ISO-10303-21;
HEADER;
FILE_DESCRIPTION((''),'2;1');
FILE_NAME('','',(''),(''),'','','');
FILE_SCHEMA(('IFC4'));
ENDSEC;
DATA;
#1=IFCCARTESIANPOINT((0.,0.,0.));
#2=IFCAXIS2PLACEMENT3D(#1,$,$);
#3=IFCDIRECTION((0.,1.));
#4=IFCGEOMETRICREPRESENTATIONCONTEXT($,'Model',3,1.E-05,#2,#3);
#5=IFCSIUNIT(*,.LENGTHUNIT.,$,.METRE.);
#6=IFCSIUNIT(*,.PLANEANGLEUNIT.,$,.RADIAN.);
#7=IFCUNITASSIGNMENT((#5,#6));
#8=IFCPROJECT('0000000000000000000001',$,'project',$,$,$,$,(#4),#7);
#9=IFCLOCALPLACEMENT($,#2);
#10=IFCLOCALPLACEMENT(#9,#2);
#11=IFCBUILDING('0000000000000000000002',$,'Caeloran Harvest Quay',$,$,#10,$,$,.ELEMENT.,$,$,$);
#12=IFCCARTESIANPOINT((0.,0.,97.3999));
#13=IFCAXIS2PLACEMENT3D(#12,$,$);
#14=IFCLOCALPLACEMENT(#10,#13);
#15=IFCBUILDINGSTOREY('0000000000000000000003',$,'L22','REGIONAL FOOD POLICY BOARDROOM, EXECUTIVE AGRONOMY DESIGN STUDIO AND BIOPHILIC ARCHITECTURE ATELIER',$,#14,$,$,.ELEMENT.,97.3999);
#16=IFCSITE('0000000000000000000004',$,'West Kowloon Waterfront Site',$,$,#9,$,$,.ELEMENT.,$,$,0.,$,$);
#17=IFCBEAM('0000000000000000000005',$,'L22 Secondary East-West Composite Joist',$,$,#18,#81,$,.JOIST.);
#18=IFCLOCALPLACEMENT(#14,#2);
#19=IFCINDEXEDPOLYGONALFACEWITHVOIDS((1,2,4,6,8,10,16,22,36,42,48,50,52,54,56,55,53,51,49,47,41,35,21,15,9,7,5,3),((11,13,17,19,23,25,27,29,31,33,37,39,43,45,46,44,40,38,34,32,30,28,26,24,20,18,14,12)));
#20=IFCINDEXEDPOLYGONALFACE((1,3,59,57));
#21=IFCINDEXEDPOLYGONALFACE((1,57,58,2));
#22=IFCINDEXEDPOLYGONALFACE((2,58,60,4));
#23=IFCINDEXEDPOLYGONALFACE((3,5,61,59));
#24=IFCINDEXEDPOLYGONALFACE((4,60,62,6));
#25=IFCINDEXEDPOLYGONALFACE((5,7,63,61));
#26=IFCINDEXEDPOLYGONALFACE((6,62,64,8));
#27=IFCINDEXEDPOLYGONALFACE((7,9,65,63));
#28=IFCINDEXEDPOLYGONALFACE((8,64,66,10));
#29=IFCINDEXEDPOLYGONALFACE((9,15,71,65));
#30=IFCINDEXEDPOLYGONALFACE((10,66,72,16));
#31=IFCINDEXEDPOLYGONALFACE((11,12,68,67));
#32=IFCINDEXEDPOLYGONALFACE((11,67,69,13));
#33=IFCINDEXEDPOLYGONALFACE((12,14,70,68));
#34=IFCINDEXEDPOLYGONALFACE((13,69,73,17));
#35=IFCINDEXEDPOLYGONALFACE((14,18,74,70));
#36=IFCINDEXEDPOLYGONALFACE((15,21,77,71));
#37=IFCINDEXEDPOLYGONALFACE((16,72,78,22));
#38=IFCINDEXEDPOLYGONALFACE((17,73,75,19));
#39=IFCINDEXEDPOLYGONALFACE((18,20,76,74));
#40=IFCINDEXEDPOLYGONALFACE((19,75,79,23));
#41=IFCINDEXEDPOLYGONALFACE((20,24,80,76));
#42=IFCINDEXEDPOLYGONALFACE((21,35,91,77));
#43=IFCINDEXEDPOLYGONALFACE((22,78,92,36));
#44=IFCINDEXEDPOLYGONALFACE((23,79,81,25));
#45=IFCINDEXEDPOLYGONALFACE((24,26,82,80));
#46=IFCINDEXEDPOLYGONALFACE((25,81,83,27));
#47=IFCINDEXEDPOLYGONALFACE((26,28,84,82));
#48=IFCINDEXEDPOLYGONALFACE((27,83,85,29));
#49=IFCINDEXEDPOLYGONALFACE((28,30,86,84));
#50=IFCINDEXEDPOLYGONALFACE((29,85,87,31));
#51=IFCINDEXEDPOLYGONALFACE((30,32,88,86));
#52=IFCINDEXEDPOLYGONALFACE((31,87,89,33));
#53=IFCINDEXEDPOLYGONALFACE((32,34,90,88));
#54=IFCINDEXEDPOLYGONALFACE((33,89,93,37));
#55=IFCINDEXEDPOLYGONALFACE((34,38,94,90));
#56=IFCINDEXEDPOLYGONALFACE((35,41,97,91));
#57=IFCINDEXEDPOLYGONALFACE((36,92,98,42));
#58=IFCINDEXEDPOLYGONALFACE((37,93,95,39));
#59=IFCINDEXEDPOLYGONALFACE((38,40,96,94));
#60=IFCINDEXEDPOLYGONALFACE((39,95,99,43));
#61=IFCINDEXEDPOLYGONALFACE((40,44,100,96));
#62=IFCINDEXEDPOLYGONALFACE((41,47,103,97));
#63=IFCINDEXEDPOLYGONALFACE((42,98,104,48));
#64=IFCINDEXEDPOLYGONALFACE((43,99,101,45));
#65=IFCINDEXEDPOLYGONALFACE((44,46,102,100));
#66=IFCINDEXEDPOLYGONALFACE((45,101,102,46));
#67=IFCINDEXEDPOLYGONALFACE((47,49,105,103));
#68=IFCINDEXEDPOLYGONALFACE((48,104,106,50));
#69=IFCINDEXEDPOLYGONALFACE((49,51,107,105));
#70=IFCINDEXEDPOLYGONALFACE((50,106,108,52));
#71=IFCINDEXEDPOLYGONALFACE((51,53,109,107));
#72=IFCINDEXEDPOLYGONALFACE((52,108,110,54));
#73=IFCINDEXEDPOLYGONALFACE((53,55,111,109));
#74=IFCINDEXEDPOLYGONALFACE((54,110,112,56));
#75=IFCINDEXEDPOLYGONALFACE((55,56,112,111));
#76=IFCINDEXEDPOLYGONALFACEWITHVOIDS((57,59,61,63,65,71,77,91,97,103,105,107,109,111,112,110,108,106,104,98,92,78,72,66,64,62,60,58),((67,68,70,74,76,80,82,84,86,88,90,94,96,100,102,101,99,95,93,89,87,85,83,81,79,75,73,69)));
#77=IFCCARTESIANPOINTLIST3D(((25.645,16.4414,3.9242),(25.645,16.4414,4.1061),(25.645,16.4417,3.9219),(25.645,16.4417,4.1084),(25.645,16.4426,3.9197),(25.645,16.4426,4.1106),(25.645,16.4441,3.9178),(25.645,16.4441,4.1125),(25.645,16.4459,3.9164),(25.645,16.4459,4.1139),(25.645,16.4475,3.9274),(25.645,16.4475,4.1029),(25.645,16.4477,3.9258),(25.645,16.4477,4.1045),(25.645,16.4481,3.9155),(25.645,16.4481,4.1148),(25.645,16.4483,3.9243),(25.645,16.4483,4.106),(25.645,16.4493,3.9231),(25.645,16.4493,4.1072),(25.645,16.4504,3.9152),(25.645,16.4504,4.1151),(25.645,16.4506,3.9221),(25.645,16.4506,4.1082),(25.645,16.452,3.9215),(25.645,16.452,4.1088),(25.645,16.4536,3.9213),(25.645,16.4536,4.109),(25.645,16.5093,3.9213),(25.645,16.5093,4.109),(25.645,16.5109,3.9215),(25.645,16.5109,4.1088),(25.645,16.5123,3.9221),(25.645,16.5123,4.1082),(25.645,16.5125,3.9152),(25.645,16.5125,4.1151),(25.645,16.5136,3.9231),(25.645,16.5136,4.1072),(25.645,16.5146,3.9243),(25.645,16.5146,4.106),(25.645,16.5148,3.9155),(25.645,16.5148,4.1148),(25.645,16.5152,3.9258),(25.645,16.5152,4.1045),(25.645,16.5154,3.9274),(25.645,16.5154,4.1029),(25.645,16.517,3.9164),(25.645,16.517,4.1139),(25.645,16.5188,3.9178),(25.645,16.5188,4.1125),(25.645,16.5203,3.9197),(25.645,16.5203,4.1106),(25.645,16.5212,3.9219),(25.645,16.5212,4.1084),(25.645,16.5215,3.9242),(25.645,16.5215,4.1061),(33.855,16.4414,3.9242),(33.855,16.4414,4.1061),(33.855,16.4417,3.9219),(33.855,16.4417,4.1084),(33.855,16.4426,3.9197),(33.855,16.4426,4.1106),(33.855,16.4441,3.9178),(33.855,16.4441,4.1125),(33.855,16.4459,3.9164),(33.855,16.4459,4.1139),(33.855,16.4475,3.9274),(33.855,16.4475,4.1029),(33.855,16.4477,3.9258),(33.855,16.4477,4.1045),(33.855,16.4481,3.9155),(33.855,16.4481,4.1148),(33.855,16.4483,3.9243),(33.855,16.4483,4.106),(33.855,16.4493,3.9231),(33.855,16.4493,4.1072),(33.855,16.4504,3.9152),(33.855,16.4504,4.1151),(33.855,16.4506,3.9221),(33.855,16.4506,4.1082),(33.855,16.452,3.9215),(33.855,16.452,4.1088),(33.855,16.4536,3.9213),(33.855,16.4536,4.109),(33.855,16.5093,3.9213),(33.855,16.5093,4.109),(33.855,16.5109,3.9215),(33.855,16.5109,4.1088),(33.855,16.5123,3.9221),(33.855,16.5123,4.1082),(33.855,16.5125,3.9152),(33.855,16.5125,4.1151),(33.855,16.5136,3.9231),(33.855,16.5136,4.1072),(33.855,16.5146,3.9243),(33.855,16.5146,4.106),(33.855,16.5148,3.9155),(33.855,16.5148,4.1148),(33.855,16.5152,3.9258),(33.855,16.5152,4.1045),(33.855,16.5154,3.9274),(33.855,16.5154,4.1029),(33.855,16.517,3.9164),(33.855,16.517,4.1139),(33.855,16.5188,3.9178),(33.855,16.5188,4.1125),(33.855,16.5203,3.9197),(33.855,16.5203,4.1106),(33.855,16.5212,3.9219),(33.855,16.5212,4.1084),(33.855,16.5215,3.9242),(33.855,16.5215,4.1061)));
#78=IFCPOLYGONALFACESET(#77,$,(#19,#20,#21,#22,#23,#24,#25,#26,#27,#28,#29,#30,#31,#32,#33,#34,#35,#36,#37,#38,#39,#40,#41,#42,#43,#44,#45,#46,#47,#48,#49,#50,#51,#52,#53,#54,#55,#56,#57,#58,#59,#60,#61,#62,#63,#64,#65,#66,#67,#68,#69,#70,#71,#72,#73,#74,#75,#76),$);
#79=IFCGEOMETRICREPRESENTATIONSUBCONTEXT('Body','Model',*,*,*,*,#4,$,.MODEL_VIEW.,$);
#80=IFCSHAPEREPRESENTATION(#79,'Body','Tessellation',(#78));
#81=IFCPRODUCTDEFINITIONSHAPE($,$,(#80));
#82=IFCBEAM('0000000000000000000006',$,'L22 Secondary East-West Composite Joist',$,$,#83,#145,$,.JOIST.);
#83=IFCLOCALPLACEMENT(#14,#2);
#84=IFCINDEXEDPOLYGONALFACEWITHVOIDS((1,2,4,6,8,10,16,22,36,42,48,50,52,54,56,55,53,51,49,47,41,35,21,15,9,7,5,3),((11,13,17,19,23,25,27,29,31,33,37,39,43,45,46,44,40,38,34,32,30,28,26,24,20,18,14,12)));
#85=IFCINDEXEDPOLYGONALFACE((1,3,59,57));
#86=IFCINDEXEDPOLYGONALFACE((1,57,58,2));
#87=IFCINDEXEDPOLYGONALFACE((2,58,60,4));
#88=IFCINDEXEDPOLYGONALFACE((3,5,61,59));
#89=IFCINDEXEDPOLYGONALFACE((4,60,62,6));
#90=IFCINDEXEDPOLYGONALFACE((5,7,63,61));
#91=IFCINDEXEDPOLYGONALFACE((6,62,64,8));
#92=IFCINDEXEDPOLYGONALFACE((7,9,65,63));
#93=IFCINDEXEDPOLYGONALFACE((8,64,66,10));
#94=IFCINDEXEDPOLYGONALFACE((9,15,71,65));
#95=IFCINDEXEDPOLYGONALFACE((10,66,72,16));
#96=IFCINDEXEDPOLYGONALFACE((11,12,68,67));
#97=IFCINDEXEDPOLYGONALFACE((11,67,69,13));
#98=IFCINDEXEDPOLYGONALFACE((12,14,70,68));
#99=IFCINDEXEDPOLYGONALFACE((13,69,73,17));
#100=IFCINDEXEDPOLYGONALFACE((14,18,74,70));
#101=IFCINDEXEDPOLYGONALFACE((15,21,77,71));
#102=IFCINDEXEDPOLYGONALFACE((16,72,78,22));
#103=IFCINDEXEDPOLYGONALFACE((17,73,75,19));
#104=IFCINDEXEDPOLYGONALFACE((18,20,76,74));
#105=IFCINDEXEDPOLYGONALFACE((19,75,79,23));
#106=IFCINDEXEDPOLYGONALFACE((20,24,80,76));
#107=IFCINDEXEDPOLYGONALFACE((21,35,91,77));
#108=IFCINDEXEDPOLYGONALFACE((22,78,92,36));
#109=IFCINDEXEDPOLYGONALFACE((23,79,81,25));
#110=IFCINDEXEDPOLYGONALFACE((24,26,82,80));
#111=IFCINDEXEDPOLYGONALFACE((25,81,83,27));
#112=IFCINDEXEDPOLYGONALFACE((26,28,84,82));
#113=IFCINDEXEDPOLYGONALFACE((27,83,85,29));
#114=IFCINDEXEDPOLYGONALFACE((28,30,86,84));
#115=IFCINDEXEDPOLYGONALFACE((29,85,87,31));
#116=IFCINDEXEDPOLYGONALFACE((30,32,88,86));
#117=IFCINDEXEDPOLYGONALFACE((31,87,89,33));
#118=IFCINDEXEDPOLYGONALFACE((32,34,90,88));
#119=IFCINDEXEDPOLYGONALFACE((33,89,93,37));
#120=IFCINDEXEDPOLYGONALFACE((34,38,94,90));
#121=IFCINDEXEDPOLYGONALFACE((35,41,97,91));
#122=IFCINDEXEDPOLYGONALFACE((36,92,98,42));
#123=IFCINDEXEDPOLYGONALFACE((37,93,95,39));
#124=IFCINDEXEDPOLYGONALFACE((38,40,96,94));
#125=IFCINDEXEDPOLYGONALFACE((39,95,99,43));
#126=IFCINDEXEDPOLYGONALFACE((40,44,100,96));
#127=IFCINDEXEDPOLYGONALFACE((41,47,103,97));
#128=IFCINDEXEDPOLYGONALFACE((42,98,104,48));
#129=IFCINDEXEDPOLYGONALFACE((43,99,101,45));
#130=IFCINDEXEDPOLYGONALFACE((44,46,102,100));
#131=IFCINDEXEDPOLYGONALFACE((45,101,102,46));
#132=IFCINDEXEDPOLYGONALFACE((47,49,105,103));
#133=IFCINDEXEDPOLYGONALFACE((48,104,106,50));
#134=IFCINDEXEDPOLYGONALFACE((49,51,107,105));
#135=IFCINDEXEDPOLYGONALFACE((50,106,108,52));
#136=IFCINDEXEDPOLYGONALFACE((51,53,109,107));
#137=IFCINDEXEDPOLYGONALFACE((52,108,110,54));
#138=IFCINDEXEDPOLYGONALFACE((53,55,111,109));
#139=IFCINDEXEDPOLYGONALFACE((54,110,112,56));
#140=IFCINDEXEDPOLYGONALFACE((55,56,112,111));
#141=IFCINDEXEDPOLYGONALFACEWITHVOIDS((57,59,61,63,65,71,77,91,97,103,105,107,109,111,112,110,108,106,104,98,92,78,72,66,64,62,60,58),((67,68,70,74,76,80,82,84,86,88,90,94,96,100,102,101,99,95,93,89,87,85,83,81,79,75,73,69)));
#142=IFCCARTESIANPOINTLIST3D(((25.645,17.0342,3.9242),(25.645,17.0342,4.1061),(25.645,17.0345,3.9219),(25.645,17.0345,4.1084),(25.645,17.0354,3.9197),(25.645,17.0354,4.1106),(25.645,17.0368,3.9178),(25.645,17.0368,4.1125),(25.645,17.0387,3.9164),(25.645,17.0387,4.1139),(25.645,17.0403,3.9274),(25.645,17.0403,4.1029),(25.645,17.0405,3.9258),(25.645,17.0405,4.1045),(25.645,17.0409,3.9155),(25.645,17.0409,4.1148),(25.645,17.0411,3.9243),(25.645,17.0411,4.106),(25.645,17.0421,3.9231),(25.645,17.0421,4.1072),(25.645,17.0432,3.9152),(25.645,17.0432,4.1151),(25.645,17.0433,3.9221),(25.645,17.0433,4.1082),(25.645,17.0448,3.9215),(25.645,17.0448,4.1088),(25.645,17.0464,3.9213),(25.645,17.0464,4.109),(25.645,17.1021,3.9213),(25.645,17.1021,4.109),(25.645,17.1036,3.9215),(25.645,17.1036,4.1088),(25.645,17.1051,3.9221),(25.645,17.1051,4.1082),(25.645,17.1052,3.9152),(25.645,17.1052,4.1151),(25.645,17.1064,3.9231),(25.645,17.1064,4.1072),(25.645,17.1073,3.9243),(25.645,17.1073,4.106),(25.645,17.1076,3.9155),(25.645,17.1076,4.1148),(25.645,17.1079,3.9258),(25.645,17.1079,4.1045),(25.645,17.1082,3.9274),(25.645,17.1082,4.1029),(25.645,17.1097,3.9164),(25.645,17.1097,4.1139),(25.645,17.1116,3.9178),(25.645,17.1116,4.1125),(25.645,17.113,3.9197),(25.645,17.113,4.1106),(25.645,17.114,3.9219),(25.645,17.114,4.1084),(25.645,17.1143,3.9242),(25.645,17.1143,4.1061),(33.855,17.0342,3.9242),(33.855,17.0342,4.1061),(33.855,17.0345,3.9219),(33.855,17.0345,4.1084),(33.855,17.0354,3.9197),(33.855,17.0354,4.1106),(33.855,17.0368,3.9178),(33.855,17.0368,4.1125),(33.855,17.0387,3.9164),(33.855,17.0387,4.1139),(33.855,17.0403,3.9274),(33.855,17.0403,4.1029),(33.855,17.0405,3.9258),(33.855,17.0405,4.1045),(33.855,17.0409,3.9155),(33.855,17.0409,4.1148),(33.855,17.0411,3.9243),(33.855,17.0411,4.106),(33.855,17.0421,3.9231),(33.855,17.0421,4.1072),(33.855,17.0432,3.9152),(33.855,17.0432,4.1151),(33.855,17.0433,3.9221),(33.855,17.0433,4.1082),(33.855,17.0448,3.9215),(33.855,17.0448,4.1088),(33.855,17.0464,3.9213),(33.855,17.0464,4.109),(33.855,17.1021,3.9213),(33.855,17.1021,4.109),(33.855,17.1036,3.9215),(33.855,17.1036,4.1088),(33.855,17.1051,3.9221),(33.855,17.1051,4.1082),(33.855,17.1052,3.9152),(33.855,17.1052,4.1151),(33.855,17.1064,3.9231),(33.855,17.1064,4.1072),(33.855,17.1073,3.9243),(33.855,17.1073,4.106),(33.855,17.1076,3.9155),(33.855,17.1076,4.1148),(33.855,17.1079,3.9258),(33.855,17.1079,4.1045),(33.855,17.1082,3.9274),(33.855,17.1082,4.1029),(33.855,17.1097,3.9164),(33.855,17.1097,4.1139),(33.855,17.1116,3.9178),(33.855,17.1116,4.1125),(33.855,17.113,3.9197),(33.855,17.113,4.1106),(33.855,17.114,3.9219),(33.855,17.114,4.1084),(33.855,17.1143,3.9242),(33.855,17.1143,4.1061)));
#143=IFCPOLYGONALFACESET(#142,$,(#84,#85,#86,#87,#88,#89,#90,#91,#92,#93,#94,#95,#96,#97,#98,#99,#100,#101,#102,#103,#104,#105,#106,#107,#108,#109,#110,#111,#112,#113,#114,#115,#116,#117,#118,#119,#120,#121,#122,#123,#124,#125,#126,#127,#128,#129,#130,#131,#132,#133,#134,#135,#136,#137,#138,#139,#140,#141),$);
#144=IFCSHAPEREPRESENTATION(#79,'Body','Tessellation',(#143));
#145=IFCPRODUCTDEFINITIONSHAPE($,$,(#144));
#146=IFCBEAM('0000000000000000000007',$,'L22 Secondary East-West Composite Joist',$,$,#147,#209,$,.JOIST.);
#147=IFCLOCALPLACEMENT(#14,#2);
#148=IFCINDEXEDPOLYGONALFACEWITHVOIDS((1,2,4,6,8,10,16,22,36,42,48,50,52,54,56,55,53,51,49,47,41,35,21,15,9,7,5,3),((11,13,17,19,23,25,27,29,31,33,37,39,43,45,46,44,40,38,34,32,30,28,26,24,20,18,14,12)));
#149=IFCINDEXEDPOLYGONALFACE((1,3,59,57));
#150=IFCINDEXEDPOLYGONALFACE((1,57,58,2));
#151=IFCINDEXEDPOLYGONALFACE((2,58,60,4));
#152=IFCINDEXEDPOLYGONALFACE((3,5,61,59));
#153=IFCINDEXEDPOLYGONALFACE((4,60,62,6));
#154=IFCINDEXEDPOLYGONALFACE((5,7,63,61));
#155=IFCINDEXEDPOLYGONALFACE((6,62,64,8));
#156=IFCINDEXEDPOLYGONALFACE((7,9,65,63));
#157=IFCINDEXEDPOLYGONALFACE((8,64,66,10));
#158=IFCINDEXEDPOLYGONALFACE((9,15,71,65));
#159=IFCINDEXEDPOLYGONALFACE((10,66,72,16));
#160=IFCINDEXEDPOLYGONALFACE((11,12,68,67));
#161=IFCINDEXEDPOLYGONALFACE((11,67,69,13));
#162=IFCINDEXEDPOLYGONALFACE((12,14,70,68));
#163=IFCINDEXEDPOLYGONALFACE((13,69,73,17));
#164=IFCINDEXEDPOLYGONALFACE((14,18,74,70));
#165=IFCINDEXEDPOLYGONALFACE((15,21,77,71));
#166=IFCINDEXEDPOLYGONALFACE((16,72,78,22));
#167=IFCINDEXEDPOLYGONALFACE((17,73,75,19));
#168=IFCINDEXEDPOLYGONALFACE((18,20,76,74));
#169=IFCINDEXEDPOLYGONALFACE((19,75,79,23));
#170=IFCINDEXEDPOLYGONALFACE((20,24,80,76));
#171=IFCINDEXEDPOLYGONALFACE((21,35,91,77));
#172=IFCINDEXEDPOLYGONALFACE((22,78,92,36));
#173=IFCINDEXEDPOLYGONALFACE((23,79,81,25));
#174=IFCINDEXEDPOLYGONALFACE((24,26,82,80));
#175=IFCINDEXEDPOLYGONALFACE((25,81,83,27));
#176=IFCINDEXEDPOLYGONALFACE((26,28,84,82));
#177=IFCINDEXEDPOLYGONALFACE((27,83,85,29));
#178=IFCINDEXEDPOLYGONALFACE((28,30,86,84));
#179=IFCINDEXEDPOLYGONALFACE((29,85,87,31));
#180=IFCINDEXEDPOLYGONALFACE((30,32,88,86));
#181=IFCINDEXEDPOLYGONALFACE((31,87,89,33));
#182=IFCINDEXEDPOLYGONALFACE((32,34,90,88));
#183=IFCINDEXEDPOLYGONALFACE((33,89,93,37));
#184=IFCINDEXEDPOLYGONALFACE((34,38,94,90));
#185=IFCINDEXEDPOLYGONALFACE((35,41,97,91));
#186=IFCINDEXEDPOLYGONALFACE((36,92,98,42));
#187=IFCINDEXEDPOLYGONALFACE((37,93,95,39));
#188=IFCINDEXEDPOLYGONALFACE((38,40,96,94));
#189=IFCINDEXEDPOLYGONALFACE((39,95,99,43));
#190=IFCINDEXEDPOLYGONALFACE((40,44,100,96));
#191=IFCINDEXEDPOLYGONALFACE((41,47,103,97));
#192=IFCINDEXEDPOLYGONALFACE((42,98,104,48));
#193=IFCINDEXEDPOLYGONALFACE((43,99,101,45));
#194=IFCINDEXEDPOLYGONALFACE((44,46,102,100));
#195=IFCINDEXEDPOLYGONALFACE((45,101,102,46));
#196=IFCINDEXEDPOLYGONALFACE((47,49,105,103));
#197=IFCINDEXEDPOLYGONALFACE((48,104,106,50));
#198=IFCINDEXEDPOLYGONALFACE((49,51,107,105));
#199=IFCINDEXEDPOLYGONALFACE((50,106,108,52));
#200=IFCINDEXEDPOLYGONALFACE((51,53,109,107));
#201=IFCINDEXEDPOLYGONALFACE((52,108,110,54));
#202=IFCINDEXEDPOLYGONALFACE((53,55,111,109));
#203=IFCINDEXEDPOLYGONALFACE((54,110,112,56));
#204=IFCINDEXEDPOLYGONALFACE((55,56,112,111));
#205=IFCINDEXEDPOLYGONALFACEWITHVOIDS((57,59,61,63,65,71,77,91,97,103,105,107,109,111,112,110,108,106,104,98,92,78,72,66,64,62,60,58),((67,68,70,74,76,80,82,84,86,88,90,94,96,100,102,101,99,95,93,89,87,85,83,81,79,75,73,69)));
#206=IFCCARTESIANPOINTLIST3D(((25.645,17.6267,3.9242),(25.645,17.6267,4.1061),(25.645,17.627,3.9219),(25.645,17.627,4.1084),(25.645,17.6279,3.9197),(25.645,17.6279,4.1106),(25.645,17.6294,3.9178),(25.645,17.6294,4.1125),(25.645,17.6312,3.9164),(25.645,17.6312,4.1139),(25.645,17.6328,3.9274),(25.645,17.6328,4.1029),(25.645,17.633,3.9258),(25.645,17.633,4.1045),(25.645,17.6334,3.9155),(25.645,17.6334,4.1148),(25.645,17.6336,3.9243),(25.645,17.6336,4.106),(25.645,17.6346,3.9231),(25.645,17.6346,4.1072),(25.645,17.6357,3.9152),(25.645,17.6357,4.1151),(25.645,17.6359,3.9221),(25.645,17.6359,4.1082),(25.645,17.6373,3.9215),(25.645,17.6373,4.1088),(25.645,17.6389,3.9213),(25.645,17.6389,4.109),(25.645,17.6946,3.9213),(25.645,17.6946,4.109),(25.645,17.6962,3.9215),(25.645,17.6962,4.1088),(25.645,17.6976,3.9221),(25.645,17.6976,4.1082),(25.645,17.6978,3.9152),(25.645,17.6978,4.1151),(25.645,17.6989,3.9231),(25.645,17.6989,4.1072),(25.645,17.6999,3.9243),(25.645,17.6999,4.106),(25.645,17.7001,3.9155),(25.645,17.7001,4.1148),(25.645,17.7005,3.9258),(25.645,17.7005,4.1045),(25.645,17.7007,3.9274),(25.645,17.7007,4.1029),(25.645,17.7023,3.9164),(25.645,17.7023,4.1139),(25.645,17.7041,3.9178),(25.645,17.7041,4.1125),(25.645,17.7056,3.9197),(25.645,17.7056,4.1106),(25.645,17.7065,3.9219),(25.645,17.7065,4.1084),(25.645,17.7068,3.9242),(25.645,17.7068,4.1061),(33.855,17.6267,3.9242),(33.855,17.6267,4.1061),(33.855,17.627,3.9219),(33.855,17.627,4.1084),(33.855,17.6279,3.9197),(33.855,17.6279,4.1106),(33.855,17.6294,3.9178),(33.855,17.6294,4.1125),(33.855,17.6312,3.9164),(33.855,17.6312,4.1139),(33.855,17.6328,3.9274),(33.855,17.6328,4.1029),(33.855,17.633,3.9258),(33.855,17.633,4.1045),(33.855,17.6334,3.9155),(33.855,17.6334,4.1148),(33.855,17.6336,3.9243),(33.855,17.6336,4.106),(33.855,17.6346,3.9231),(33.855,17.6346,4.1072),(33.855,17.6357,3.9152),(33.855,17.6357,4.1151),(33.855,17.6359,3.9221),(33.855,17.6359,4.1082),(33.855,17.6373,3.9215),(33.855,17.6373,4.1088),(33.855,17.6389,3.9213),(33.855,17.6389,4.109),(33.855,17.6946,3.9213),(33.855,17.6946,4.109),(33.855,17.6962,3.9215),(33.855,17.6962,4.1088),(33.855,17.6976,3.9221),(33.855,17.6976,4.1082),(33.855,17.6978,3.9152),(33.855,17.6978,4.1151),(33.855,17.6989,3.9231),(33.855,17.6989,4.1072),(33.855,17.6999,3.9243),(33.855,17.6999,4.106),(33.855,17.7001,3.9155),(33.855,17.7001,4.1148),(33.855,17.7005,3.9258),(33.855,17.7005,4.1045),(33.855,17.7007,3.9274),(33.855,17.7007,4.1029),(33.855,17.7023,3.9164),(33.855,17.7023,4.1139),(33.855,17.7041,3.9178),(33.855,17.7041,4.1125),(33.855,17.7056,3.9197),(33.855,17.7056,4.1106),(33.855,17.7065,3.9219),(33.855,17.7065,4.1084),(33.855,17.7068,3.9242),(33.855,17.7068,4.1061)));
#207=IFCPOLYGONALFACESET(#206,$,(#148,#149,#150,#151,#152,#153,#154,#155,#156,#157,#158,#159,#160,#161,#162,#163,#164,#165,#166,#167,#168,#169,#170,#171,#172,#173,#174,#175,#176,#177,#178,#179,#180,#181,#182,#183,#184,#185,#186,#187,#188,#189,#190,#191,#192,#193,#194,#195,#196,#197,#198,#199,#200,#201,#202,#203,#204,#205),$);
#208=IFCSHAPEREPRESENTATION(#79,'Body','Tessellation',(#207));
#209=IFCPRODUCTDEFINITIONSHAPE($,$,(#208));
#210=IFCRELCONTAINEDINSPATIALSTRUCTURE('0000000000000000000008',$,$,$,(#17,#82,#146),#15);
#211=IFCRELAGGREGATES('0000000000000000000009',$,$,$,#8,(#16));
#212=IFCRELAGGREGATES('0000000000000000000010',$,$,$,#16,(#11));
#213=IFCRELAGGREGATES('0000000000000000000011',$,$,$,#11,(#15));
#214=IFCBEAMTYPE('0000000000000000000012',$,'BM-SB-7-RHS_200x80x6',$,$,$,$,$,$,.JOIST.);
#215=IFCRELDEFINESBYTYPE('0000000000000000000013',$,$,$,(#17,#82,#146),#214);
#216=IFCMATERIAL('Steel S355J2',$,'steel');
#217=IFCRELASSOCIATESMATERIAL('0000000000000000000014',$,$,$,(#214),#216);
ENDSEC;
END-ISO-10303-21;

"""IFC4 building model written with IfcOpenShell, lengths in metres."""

from ifc_helpers import new_model, si_unit, direction, frame, origin, origin_2d, place, context, subcontext, project, spatial, hollow_rectangle, extrude, material, material_profile, profile_set, type_object, element, save


model = new_model("IFC4")

# Units and contexts
model_context = context("Model", 3, precision=1e-05, world=origin(), true_north=direction((0.0, 1.0)))
body_context = subcontext(model_context, "Body", "Model", "MODEL_VIEW")
ifc_project = project(units=[si_unit("LENGTHUNIT", "METRE"), si_unit("PLANEANGLEUNIT", "RADIAN")], contexts=[model_context])

# Site, building, storey
site_placement = place(None, origin())
site = spatial("IfcSite", under=ifc_project, at=site_placement, Name="West Kowloon Waterfront Site", CompositionType="ELEMENT", RefElevation=0.0)
building_placement = place(site_placement, origin())
building = spatial("IfcBuilding", under=site, at=building_placement, Name="Caeloran Harvest Quay", CompositionType="ELEMENT")
storey_placement = place(building_placement, frame((0.0, 0.0, 97.3999)))
storey = spatial("IfcBuildingStorey", under=building, at=storey_placement, Name="L22", Description="REGIONAL FOOD POLICY BOARDROOM, EXECUTIVE AGRONOMY DESIGN STUDIO AND BIOPHILIC ARCHITECTURE ATELIER", CompositionType="ELEMENT", Elevation=97.3999)

# Beams
ifc_material_1 = material(Name="Steel S355J2", Category="steel")
ifc_material_profile_1 = material_profile(ifc_material_1, hollow_rectangle(XDim=0.0801, YDim=0.2, WallThickness=0.0061, InnerFilletRadius=0.0061, OuterFilletRadius=0.009, at=origin_2d()), Name="RHS 200x80x6")
ifc_profile_set_1 = profile_set([ifc_material_profile_1], Name="Steel S355J2")
beam_type_1 = type_object("IfcBeamType", Name="BM-SB-7-RHS_200x80x6", PredefinedType="JOIST", material=ifc_profile_set_1)
for number, where, z_axis, x_axis, name in (
    (1, (25.645, 16.4814, 4.0151), (1.0, 0.0, 0.0), (0.0, 1.0, 0.0), "L22 Secondary East-West Composite Joist"),
    (2, (25.645, 17.0742, 4.0151), (1.0, 0.0, 0.0), (0.0, 1.0, 0.0), "L22 Secondary East-West Composite Joist"),
    (3, (25.645, 17.6667, 4.0151), (1.0, 0.0, 0.0), (0.0, 1.0, 0.0), "L22 Secondary East-West Composite Joist"),
):
    element("IfcBeam", number, at=place(storey_placement, frame(where, z_axis=z_axis, x_axis=x_axis)), inside=storey, type_object=beam_type_1, Name=name, PredefinedType="JOIST", context=body_context, shape_type="SweptSolid", body=[
        extrude(hollow_rectangle(XDim=0.0801, YDim=0.2, WallThickness=0.0061, InnerFilletRadius=0.0061, OuterFilletRadius=0.009, at=origin_2d()), origin(), (0.0, 0.0, 1.0), 8.21),
    ])

save(model, "model.ifc")
